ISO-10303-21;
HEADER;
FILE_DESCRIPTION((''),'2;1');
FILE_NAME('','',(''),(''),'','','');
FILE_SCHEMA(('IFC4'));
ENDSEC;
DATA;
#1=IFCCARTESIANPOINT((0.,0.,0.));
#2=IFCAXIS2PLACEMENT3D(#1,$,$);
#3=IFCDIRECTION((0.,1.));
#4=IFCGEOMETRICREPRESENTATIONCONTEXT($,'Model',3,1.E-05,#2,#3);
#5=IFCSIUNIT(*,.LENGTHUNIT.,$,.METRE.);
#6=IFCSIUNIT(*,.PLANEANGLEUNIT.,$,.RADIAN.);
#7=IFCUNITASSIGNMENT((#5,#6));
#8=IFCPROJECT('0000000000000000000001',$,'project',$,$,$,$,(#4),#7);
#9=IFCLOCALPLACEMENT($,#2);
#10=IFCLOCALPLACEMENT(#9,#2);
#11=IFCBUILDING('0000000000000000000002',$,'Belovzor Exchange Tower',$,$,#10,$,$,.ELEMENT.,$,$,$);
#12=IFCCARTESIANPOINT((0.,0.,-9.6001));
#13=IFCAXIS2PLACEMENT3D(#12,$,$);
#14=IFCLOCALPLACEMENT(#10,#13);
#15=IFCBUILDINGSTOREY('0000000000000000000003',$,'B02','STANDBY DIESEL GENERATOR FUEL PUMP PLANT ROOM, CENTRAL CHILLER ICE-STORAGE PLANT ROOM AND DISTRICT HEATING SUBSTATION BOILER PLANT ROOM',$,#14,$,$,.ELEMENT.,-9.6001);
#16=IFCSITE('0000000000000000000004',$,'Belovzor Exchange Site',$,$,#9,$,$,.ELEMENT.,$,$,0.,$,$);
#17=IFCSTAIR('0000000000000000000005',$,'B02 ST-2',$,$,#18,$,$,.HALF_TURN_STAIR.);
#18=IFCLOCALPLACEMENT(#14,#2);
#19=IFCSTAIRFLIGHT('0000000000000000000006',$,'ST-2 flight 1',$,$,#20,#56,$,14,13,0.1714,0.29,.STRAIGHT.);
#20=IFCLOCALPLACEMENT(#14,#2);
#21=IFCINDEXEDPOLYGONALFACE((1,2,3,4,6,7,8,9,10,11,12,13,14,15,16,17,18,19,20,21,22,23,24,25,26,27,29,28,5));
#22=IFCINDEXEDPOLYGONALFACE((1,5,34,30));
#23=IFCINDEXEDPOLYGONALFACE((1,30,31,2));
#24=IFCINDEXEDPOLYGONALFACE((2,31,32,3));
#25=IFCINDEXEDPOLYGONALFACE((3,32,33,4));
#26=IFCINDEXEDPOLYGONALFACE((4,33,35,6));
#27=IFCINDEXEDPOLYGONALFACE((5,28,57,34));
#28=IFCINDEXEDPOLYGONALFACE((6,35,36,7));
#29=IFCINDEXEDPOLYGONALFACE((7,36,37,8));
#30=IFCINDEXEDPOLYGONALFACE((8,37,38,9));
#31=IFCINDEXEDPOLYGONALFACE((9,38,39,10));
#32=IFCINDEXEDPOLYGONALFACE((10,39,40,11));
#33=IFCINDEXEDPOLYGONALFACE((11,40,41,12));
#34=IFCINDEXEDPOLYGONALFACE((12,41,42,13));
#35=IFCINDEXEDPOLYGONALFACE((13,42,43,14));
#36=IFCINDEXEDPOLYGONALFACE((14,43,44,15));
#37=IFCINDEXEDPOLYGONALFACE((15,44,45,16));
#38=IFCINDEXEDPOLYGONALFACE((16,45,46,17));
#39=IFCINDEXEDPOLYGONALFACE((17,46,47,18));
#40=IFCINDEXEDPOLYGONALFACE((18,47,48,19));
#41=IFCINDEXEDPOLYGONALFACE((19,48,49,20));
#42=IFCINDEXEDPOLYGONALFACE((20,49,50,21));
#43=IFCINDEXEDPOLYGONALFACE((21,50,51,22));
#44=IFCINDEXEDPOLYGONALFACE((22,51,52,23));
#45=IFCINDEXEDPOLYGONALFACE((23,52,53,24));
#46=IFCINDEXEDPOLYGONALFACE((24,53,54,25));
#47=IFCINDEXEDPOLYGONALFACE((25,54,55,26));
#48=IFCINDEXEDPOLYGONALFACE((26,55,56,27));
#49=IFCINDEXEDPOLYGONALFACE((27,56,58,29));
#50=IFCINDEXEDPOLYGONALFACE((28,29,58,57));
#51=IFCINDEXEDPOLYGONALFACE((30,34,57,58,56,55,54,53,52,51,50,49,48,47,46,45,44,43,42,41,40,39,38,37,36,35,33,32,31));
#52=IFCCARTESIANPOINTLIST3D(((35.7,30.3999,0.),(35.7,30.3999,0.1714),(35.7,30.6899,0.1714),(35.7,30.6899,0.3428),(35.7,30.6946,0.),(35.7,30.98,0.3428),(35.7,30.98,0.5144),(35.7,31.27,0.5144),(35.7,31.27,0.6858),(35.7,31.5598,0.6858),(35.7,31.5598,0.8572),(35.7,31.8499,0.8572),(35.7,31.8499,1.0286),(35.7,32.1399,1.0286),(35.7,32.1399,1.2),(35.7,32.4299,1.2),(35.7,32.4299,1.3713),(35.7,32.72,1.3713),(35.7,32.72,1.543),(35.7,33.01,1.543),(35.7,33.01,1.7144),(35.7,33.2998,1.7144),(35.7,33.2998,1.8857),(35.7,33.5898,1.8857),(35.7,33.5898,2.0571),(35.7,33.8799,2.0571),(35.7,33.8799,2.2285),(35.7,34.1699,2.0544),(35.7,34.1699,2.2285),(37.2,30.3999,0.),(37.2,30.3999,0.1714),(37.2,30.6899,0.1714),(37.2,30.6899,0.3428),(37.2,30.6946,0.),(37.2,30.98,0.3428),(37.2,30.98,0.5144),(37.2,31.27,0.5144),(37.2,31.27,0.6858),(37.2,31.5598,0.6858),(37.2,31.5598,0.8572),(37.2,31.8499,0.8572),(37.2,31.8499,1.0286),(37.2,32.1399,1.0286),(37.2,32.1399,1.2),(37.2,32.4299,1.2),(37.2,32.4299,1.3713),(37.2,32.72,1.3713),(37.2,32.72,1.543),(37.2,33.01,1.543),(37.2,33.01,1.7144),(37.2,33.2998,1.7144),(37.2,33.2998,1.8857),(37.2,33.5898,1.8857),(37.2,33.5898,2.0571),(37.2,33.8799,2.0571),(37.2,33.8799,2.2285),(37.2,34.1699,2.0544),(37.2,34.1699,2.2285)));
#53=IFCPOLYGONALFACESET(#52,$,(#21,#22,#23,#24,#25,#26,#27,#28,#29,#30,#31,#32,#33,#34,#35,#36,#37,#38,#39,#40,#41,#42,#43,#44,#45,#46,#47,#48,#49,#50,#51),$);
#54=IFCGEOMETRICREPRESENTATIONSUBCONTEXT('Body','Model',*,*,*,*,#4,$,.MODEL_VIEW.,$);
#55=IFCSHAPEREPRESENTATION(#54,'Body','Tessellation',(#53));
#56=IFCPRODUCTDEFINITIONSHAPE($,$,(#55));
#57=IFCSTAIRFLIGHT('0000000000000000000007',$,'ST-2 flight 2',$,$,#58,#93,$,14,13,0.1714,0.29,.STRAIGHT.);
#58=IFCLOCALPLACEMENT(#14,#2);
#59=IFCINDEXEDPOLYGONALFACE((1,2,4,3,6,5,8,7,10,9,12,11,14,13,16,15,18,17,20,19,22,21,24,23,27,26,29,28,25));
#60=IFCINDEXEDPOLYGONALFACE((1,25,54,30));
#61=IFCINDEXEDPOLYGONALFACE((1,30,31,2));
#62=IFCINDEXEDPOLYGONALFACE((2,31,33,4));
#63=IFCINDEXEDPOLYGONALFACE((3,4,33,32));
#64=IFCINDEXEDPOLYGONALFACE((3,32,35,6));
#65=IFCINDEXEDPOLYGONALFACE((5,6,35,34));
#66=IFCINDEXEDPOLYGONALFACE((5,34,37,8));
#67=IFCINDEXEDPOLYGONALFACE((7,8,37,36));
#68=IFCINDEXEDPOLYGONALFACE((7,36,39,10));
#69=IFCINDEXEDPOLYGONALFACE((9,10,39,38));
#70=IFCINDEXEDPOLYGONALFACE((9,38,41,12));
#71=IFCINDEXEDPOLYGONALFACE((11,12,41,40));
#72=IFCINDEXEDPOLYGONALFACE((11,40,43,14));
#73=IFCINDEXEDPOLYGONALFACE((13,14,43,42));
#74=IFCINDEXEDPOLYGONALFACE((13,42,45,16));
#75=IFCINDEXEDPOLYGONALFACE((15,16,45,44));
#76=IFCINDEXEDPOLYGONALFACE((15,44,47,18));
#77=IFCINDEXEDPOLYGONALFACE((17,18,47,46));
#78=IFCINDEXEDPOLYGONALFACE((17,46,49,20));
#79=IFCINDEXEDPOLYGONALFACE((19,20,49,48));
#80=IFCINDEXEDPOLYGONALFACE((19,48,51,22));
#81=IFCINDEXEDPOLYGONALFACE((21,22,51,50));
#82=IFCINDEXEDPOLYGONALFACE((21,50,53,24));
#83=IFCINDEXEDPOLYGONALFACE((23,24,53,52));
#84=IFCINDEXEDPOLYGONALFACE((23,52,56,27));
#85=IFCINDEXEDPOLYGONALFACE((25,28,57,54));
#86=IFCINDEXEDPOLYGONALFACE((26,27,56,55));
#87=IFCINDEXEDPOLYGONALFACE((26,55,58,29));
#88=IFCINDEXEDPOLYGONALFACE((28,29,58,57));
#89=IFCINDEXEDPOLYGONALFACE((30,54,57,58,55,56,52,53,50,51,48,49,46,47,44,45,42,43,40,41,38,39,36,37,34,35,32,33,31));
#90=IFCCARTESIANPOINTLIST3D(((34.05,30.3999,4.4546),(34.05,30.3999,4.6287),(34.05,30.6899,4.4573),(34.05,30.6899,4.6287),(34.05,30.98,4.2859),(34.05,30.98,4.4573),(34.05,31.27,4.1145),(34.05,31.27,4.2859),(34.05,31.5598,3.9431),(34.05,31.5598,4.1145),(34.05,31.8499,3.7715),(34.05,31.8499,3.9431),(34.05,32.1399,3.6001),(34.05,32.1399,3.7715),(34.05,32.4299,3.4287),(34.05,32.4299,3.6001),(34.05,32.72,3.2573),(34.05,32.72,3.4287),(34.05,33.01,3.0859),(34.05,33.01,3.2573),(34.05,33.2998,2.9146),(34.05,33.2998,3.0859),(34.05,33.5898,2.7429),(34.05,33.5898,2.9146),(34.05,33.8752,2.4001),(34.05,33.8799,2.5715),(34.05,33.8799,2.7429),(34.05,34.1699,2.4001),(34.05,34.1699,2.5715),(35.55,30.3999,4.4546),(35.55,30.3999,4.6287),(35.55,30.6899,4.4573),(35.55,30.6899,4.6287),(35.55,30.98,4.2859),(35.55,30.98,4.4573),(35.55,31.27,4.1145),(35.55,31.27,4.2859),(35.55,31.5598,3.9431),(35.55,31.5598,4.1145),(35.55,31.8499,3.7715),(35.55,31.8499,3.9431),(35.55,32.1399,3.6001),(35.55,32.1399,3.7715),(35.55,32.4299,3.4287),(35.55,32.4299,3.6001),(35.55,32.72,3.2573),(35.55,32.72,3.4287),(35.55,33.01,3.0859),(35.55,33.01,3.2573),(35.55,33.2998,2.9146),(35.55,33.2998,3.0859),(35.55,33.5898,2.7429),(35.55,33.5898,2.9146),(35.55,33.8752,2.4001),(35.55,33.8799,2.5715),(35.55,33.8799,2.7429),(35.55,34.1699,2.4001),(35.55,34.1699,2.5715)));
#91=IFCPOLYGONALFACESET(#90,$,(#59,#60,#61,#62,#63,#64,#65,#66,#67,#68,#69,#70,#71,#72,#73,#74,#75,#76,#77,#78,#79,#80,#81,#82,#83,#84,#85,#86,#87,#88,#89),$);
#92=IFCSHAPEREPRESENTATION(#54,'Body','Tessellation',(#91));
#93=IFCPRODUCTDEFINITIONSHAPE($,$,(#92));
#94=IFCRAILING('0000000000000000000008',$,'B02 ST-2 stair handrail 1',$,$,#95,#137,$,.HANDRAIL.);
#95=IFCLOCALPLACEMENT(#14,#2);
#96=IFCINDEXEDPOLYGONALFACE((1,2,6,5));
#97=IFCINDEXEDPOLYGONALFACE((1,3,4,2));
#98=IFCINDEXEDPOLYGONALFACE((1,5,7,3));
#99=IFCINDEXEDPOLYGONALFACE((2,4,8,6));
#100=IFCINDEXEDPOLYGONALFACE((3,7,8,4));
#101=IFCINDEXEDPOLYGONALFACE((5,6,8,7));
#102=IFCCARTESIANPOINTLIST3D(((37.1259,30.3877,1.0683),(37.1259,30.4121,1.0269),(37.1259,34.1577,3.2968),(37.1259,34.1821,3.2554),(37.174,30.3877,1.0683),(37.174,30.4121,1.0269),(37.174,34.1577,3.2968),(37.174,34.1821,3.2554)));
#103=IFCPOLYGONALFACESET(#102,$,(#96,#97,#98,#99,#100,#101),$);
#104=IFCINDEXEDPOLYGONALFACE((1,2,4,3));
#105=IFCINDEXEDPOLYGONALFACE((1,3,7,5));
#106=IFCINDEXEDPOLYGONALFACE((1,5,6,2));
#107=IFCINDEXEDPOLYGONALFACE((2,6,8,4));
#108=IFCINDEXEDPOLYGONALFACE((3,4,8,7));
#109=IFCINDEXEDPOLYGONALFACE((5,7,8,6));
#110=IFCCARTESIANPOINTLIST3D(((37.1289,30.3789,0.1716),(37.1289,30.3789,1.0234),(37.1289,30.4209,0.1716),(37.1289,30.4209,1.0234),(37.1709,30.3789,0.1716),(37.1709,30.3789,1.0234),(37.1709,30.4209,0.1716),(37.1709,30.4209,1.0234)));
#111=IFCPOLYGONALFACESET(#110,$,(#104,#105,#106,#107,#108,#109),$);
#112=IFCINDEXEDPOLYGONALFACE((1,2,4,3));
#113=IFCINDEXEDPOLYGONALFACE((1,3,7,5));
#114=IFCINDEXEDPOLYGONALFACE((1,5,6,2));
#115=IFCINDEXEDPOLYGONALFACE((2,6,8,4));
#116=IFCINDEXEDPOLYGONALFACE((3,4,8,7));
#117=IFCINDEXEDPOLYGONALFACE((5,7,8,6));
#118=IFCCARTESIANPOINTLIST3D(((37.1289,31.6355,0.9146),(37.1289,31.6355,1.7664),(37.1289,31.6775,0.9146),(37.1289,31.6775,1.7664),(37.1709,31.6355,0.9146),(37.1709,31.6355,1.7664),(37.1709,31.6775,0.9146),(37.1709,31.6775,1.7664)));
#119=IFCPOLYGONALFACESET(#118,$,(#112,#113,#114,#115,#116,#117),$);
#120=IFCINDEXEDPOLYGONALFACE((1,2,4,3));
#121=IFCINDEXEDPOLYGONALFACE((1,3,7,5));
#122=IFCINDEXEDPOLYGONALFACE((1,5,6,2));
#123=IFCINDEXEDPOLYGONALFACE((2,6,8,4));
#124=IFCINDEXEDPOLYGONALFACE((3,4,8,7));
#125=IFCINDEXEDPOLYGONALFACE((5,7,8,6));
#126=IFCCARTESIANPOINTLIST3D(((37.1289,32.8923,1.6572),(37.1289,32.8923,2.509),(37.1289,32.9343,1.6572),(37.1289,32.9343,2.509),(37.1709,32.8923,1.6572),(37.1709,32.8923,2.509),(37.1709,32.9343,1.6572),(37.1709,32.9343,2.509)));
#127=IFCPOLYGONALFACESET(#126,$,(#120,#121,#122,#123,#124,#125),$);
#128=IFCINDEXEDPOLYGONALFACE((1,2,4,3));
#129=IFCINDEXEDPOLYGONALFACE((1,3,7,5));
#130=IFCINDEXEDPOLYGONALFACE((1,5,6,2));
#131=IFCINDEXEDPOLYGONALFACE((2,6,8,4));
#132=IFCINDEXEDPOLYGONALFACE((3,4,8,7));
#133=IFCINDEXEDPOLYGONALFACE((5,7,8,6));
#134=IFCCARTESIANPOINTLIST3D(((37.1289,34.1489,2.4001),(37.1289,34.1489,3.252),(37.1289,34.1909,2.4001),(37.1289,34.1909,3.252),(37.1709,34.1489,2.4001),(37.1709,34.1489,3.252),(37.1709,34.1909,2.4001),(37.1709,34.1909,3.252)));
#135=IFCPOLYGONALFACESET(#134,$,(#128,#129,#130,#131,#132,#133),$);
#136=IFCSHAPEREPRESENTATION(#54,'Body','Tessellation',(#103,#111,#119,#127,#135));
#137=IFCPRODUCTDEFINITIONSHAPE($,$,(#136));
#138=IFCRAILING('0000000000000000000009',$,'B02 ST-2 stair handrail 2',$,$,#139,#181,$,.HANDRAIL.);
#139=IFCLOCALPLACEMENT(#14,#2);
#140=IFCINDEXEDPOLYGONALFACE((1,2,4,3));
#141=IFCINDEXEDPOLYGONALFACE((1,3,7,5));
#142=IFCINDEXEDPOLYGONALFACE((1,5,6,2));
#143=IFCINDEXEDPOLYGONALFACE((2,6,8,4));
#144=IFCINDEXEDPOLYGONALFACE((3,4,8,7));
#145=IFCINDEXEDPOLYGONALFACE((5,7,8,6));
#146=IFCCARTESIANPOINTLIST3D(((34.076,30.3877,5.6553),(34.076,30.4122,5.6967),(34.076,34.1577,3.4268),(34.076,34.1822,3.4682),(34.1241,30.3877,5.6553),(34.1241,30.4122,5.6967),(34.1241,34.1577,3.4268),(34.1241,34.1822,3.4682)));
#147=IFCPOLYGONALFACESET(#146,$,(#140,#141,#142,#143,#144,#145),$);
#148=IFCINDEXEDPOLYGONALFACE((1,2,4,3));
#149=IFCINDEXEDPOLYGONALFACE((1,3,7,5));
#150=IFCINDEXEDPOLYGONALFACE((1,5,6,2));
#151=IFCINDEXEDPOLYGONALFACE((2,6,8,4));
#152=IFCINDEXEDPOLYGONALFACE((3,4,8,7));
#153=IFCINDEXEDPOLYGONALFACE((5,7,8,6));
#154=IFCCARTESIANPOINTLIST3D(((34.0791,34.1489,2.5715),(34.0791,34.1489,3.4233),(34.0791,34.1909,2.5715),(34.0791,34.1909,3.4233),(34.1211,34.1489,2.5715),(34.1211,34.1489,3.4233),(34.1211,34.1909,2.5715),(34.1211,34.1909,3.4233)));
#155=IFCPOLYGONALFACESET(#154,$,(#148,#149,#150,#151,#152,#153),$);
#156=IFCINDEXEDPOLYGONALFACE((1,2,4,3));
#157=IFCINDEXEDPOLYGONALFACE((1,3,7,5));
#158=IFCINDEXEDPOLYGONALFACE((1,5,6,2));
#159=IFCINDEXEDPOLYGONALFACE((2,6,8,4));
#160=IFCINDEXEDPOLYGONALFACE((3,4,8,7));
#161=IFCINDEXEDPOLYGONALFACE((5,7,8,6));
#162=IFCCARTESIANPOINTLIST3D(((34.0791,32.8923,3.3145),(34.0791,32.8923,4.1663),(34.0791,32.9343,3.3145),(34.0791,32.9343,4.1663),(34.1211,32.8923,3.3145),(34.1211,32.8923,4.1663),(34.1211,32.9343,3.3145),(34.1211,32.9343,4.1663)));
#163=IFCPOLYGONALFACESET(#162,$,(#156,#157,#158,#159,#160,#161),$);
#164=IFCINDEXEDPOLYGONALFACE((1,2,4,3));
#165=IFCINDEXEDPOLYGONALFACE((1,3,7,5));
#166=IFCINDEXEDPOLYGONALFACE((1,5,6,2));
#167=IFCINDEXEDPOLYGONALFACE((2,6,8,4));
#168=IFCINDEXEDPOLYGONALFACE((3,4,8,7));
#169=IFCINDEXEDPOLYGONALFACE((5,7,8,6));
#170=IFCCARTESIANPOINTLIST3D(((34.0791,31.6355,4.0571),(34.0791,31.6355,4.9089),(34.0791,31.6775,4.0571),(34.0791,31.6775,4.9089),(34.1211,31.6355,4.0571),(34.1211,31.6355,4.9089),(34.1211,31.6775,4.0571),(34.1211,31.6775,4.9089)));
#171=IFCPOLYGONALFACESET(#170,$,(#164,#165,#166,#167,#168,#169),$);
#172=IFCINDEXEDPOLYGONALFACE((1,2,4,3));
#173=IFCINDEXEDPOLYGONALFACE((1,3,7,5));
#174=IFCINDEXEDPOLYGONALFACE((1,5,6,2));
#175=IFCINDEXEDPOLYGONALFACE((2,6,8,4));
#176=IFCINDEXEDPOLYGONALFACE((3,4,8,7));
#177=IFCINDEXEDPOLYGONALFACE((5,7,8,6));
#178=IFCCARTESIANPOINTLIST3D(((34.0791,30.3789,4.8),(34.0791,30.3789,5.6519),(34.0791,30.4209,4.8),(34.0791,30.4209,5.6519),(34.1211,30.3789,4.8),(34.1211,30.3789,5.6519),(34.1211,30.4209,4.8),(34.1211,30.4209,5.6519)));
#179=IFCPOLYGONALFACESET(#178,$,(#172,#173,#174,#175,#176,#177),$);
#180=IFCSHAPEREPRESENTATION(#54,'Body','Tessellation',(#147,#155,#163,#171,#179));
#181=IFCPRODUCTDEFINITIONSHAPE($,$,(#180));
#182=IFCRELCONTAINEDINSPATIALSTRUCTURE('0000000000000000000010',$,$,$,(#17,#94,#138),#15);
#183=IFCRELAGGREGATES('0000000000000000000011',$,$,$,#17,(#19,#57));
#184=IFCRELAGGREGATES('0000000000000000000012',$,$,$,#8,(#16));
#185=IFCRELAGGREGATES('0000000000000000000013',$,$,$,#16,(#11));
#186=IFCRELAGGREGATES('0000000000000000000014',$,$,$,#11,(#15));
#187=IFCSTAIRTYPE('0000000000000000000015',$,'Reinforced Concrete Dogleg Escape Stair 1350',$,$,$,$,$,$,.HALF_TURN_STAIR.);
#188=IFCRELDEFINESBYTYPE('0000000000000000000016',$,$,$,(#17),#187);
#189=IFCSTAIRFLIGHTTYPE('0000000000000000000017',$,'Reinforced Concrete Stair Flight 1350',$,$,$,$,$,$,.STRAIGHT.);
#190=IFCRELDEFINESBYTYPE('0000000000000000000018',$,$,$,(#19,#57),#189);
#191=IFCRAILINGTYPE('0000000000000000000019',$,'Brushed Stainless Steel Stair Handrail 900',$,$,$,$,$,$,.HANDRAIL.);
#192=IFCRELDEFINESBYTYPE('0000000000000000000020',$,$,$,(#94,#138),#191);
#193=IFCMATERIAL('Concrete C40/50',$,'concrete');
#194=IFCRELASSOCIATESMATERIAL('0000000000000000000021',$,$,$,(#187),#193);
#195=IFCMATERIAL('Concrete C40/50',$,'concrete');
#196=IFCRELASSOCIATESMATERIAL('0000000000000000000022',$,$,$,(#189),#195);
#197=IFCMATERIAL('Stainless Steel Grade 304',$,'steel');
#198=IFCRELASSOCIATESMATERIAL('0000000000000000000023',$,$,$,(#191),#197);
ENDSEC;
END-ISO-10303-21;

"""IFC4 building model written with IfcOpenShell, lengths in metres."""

from ifc_helpers import new_model, si_unit, direction, frame, origin, origin_2d, place, context, subcontext, project, spatial, polyline, rectangle, outline, extrude, material, type_object, element, aggregate, save


model = new_model("IFC4")

# Units and contexts
model_context = context("Model", 3, precision=1e-05, world=origin(), true_north=direction((0.0, 1.0)))
body_context = subcontext(model_context, "Body", "Model", "MODEL_VIEW")
ifc_project = project(units=[si_unit("LENGTHUNIT", "METRE"), si_unit("PLANEANGLEUNIT", "RADIAN")], contexts=[model_context])

# Site, building, storey
site_placement = place(None, origin())
site = spatial("IfcSite", under=ifc_project, at=site_placement, Name="Belovzor Exchange Site", CompositionType="ELEMENT", RefElevation=0.0)
building_placement = place(site_placement, origin())
building = spatial("IfcBuilding", under=site, at=building_placement, Name="Belovzor Exchange Tower", CompositionType="ELEMENT")
storey_placement = place(building_placement, frame((0.0, 0.0, -9.6001)))
storey = spatial("IfcBuildingStorey", under=building, at=storey_placement, Name="B02", Description="STANDBY DIESEL GENERATOR FUEL PUMP PLANT ROOM, CENTRAL CHILLER ICE-STORAGE PLANT ROOM AND DISTRICT HEATING SUBSTATION BOILER PLANT ROOM", CompositionType="ELEMENT", Elevation=-9.6001)

# Stair, stair flights
ifc_material_1 = material(Name="Concrete C40/50", Category="concrete")
stair_type = type_object("IfcStairType", Name="Reinforced Concrete Dogleg Escape Stair 1350", PredefinedType="HALF_TURN_STAIR", material=ifc_material_1)
stair_placement = place(storey_placement, origin())
stair = element("IfcStair", 1, at=stair_placement, inside=storey, type_object=stair_type, Name="B02 ST-2", PredefinedType="HALF_TURN_STAIR")
ifc_material_2 = material(Name="Concrete C40/50", Category="concrete")
stair_flight_type = type_object("IfcStairFlightType", Name="Reinforced Concrete Stair Flight 1350", PredefinedType="STRAIGHT", material=ifc_material_2)
stair_flight_1_placement = place(storey_placement, frame((36.45, 30.3999, 0.0), z_axis=(0.0, 0.0, 1.0), x_axis=(0.0, 1.0, 0.0)))
stair_flight_1 = element("IfcStairFlight", 2, at=stair_flight_1_placement, type_object=stair_flight_type, Name="ST-2 flight 1", NumberOfRisers=14, NumberOfTreads=13, PredefinedType="STRAIGHT", RiserHeight=0.1714, TreadLength=0.29, context=body_context, shape_type="SweptSolid", body=[
    extrude(outline(polyline([(0.0, 0.0), (0.0, 0.1714), (0.29, 0.1714), (0.29, 0.3428), (0.5801, 0.3428), (0.5801, 0.5144), (0.8701, 0.5144), (0.8701, 0.6858), (1.1599, 0.6858), (1.1599, 0.8572), (1.45, 0.8572), (1.45, 1.0286), (1.74, 1.0286), (1.74, 1.2), (2.03, 1.2), (2.03, 1.3713), (2.3201, 1.3713), (2.3201, 1.543), (2.6101, 1.543), (2.6101, 1.7144), (2.8999, 1.7144), (2.8999, 1.8857), (3.1899, 1.8857), (3.1899, 2.0571), (3.48, 2.0571), (3.48, 2.2285), (3.77, 2.2285), (3.77, 2.3999), (3.77, 2.0544), (0.2947, 0.0), (0.0, 0.0)])), frame((0.0, 0.75, 0.0), z_axis=(0.0, -1.0, 0.0), x_axis=(1.0, 0.0, 0.0)), (0.0, 0.0, 1.0), 1.5),
])
stair_flight_2_placement = place(storey_placement, frame((34.8, 34.1699, 2.4001), z_axis=(0.0, 0.0, 1.0), x_axis=(0.0, -1.0, 0.0)))
stair_flight_2 = element("IfcStairFlight", 3, at=stair_flight_2_placement, type_object=stair_flight_type, Name="ST-2 flight 2", NumberOfRisers=14, NumberOfTreads=13, PredefinedType="STRAIGHT", RiserHeight=0.1714, TreadLength=0.29, context=body_context, shape_type="SweptSolid", body=[
    extrude(outline(polyline([(0.0, 0.0), (0.0, 0.1714), (0.29, 0.1714), (0.29, 0.3428), (0.5801, 0.3428), (0.5801, 0.5144), (0.8701, 0.5144), (0.8701, 0.6858), (1.1599, 0.6858), (1.1599, 0.8572), (1.45, 0.8572), (1.45, 1.0286), (1.74, 1.0286), (1.74, 1.2), (2.03, 1.2), (2.03, 1.3713), (2.3201, 1.3713), (2.3201, 1.543), (2.6101, 1.543), (2.6101, 1.7144), (2.8999, 1.7144), (2.8999, 1.8857), (3.1899, 1.8857), (3.1899, 2.0571), (3.48, 2.0571), (3.48, 2.2285), (3.77, 2.2285), (3.77, 2.3999), (3.77, 2.0544), (0.2947, 0.0), (0.0, 0.0)])), frame((0.0, 0.75, 0.0), z_axis=(0.0, -1.0, 0.0), x_axis=(1.0, 0.0, 0.0)), (0.0, 0.0, 1.0), 1.5),
])
aggregate(stair, [stair_flight_1, stair_flight_2])

# Railings
ifc_material_3 = material(Name="Stainless Steel Grade 304", Category="steel")
railing_type_1 = type_object("IfcRailingType", Name="Brushed Stainless Steel Stair Handrail 900", PredefinedType="HANDRAIL", material=ifc_material_3)
railing_1_placement = place(storey_placement, frame((37.1499, 30.3999, 0.1716)))
element("IfcRailing", 4, at=railing_1_placement, inside=storey, type_object=railing_type_1, Name="B02 ST-2 stair handrail 1", PredefinedType="HANDRAIL", context=body_context, shape_type="SweptSolid", body=[
    extrude(rectangle(XDim=0.0481, YDim=0.0481, at=origin_2d()), frame((0.0, 0.0, 0.876), z_axis=(0.0, 0.860849, 0.508861), x_axis=(-1.0, 0.0, 0.0)), (0.0, 0.0, 1.0), 4.3794),
    extrude(rectangle(XDim=0.042, YDim=0.042, at=origin_2d()), origin(), (0.0, 0.0, 1.0), 0.8518),
    extrude(rectangle(XDim=0.042, YDim=0.042, at=origin_2d()), frame((0.0, 1.2566, 0.7429)), (0.0, 0.0, 1.0), 0.8518),
    extrude(rectangle(XDim=0.042, YDim=0.042, at=origin_2d()), frame((0.0, 2.5134, 1.4856)), (0.0, 0.0, 1.0), 0.8518),
    extrude(rectangle(XDim=0.042, YDim=0.042, at=origin_2d()), frame((0.0, 3.77, 2.2285)), (0.0, 0.0, 1.0), 0.8518),
])
railing_2_placement = place(storey_placement, frame((34.1001, 34.1699, 2.5715)))
element("IfcRailing", 5, at=railing_2_placement, inside=storey, type_object=railing_type_1, Name="B02 ST-2 stair handrail 2", PredefinedType="HANDRAIL", context=body_context, shape_type="SweptSolid", body=[
    extrude(rectangle(XDim=0.0481, YDim=0.0481, at=origin_2d()), frame((0.0, 0.0, 0.876), z_axis=(0.0, -0.860849, 0.508861), x_axis=(1.0, 0.0, 0.0)), (0.0, 0.0, 1.0), 4.3794),
    extrude(rectangle(XDim=0.042, YDim=0.042, at=origin_2d()), origin(), (0.0, 0.0, 1.0), 0.8518),
    extrude(rectangle(XDim=0.042, YDim=0.042, at=origin_2d()), frame((0.0, -1.2566, 0.7429)), (0.0, 0.0, 1.0), 0.8518),
    extrude(rectangle(XDim=0.042, YDim=0.042, at=origin_2d()), frame((0.0, -2.5134, 1.4856)), (0.0, 0.0, 1.0), 0.8518),
    extrude(rectangle(XDim=0.042, YDim=0.042, at=origin_2d()), frame((0.0, -3.77, 2.2285)), (0.0, 0.0, 1.0), 0.8518),
])

save(model, "model.ifc")
